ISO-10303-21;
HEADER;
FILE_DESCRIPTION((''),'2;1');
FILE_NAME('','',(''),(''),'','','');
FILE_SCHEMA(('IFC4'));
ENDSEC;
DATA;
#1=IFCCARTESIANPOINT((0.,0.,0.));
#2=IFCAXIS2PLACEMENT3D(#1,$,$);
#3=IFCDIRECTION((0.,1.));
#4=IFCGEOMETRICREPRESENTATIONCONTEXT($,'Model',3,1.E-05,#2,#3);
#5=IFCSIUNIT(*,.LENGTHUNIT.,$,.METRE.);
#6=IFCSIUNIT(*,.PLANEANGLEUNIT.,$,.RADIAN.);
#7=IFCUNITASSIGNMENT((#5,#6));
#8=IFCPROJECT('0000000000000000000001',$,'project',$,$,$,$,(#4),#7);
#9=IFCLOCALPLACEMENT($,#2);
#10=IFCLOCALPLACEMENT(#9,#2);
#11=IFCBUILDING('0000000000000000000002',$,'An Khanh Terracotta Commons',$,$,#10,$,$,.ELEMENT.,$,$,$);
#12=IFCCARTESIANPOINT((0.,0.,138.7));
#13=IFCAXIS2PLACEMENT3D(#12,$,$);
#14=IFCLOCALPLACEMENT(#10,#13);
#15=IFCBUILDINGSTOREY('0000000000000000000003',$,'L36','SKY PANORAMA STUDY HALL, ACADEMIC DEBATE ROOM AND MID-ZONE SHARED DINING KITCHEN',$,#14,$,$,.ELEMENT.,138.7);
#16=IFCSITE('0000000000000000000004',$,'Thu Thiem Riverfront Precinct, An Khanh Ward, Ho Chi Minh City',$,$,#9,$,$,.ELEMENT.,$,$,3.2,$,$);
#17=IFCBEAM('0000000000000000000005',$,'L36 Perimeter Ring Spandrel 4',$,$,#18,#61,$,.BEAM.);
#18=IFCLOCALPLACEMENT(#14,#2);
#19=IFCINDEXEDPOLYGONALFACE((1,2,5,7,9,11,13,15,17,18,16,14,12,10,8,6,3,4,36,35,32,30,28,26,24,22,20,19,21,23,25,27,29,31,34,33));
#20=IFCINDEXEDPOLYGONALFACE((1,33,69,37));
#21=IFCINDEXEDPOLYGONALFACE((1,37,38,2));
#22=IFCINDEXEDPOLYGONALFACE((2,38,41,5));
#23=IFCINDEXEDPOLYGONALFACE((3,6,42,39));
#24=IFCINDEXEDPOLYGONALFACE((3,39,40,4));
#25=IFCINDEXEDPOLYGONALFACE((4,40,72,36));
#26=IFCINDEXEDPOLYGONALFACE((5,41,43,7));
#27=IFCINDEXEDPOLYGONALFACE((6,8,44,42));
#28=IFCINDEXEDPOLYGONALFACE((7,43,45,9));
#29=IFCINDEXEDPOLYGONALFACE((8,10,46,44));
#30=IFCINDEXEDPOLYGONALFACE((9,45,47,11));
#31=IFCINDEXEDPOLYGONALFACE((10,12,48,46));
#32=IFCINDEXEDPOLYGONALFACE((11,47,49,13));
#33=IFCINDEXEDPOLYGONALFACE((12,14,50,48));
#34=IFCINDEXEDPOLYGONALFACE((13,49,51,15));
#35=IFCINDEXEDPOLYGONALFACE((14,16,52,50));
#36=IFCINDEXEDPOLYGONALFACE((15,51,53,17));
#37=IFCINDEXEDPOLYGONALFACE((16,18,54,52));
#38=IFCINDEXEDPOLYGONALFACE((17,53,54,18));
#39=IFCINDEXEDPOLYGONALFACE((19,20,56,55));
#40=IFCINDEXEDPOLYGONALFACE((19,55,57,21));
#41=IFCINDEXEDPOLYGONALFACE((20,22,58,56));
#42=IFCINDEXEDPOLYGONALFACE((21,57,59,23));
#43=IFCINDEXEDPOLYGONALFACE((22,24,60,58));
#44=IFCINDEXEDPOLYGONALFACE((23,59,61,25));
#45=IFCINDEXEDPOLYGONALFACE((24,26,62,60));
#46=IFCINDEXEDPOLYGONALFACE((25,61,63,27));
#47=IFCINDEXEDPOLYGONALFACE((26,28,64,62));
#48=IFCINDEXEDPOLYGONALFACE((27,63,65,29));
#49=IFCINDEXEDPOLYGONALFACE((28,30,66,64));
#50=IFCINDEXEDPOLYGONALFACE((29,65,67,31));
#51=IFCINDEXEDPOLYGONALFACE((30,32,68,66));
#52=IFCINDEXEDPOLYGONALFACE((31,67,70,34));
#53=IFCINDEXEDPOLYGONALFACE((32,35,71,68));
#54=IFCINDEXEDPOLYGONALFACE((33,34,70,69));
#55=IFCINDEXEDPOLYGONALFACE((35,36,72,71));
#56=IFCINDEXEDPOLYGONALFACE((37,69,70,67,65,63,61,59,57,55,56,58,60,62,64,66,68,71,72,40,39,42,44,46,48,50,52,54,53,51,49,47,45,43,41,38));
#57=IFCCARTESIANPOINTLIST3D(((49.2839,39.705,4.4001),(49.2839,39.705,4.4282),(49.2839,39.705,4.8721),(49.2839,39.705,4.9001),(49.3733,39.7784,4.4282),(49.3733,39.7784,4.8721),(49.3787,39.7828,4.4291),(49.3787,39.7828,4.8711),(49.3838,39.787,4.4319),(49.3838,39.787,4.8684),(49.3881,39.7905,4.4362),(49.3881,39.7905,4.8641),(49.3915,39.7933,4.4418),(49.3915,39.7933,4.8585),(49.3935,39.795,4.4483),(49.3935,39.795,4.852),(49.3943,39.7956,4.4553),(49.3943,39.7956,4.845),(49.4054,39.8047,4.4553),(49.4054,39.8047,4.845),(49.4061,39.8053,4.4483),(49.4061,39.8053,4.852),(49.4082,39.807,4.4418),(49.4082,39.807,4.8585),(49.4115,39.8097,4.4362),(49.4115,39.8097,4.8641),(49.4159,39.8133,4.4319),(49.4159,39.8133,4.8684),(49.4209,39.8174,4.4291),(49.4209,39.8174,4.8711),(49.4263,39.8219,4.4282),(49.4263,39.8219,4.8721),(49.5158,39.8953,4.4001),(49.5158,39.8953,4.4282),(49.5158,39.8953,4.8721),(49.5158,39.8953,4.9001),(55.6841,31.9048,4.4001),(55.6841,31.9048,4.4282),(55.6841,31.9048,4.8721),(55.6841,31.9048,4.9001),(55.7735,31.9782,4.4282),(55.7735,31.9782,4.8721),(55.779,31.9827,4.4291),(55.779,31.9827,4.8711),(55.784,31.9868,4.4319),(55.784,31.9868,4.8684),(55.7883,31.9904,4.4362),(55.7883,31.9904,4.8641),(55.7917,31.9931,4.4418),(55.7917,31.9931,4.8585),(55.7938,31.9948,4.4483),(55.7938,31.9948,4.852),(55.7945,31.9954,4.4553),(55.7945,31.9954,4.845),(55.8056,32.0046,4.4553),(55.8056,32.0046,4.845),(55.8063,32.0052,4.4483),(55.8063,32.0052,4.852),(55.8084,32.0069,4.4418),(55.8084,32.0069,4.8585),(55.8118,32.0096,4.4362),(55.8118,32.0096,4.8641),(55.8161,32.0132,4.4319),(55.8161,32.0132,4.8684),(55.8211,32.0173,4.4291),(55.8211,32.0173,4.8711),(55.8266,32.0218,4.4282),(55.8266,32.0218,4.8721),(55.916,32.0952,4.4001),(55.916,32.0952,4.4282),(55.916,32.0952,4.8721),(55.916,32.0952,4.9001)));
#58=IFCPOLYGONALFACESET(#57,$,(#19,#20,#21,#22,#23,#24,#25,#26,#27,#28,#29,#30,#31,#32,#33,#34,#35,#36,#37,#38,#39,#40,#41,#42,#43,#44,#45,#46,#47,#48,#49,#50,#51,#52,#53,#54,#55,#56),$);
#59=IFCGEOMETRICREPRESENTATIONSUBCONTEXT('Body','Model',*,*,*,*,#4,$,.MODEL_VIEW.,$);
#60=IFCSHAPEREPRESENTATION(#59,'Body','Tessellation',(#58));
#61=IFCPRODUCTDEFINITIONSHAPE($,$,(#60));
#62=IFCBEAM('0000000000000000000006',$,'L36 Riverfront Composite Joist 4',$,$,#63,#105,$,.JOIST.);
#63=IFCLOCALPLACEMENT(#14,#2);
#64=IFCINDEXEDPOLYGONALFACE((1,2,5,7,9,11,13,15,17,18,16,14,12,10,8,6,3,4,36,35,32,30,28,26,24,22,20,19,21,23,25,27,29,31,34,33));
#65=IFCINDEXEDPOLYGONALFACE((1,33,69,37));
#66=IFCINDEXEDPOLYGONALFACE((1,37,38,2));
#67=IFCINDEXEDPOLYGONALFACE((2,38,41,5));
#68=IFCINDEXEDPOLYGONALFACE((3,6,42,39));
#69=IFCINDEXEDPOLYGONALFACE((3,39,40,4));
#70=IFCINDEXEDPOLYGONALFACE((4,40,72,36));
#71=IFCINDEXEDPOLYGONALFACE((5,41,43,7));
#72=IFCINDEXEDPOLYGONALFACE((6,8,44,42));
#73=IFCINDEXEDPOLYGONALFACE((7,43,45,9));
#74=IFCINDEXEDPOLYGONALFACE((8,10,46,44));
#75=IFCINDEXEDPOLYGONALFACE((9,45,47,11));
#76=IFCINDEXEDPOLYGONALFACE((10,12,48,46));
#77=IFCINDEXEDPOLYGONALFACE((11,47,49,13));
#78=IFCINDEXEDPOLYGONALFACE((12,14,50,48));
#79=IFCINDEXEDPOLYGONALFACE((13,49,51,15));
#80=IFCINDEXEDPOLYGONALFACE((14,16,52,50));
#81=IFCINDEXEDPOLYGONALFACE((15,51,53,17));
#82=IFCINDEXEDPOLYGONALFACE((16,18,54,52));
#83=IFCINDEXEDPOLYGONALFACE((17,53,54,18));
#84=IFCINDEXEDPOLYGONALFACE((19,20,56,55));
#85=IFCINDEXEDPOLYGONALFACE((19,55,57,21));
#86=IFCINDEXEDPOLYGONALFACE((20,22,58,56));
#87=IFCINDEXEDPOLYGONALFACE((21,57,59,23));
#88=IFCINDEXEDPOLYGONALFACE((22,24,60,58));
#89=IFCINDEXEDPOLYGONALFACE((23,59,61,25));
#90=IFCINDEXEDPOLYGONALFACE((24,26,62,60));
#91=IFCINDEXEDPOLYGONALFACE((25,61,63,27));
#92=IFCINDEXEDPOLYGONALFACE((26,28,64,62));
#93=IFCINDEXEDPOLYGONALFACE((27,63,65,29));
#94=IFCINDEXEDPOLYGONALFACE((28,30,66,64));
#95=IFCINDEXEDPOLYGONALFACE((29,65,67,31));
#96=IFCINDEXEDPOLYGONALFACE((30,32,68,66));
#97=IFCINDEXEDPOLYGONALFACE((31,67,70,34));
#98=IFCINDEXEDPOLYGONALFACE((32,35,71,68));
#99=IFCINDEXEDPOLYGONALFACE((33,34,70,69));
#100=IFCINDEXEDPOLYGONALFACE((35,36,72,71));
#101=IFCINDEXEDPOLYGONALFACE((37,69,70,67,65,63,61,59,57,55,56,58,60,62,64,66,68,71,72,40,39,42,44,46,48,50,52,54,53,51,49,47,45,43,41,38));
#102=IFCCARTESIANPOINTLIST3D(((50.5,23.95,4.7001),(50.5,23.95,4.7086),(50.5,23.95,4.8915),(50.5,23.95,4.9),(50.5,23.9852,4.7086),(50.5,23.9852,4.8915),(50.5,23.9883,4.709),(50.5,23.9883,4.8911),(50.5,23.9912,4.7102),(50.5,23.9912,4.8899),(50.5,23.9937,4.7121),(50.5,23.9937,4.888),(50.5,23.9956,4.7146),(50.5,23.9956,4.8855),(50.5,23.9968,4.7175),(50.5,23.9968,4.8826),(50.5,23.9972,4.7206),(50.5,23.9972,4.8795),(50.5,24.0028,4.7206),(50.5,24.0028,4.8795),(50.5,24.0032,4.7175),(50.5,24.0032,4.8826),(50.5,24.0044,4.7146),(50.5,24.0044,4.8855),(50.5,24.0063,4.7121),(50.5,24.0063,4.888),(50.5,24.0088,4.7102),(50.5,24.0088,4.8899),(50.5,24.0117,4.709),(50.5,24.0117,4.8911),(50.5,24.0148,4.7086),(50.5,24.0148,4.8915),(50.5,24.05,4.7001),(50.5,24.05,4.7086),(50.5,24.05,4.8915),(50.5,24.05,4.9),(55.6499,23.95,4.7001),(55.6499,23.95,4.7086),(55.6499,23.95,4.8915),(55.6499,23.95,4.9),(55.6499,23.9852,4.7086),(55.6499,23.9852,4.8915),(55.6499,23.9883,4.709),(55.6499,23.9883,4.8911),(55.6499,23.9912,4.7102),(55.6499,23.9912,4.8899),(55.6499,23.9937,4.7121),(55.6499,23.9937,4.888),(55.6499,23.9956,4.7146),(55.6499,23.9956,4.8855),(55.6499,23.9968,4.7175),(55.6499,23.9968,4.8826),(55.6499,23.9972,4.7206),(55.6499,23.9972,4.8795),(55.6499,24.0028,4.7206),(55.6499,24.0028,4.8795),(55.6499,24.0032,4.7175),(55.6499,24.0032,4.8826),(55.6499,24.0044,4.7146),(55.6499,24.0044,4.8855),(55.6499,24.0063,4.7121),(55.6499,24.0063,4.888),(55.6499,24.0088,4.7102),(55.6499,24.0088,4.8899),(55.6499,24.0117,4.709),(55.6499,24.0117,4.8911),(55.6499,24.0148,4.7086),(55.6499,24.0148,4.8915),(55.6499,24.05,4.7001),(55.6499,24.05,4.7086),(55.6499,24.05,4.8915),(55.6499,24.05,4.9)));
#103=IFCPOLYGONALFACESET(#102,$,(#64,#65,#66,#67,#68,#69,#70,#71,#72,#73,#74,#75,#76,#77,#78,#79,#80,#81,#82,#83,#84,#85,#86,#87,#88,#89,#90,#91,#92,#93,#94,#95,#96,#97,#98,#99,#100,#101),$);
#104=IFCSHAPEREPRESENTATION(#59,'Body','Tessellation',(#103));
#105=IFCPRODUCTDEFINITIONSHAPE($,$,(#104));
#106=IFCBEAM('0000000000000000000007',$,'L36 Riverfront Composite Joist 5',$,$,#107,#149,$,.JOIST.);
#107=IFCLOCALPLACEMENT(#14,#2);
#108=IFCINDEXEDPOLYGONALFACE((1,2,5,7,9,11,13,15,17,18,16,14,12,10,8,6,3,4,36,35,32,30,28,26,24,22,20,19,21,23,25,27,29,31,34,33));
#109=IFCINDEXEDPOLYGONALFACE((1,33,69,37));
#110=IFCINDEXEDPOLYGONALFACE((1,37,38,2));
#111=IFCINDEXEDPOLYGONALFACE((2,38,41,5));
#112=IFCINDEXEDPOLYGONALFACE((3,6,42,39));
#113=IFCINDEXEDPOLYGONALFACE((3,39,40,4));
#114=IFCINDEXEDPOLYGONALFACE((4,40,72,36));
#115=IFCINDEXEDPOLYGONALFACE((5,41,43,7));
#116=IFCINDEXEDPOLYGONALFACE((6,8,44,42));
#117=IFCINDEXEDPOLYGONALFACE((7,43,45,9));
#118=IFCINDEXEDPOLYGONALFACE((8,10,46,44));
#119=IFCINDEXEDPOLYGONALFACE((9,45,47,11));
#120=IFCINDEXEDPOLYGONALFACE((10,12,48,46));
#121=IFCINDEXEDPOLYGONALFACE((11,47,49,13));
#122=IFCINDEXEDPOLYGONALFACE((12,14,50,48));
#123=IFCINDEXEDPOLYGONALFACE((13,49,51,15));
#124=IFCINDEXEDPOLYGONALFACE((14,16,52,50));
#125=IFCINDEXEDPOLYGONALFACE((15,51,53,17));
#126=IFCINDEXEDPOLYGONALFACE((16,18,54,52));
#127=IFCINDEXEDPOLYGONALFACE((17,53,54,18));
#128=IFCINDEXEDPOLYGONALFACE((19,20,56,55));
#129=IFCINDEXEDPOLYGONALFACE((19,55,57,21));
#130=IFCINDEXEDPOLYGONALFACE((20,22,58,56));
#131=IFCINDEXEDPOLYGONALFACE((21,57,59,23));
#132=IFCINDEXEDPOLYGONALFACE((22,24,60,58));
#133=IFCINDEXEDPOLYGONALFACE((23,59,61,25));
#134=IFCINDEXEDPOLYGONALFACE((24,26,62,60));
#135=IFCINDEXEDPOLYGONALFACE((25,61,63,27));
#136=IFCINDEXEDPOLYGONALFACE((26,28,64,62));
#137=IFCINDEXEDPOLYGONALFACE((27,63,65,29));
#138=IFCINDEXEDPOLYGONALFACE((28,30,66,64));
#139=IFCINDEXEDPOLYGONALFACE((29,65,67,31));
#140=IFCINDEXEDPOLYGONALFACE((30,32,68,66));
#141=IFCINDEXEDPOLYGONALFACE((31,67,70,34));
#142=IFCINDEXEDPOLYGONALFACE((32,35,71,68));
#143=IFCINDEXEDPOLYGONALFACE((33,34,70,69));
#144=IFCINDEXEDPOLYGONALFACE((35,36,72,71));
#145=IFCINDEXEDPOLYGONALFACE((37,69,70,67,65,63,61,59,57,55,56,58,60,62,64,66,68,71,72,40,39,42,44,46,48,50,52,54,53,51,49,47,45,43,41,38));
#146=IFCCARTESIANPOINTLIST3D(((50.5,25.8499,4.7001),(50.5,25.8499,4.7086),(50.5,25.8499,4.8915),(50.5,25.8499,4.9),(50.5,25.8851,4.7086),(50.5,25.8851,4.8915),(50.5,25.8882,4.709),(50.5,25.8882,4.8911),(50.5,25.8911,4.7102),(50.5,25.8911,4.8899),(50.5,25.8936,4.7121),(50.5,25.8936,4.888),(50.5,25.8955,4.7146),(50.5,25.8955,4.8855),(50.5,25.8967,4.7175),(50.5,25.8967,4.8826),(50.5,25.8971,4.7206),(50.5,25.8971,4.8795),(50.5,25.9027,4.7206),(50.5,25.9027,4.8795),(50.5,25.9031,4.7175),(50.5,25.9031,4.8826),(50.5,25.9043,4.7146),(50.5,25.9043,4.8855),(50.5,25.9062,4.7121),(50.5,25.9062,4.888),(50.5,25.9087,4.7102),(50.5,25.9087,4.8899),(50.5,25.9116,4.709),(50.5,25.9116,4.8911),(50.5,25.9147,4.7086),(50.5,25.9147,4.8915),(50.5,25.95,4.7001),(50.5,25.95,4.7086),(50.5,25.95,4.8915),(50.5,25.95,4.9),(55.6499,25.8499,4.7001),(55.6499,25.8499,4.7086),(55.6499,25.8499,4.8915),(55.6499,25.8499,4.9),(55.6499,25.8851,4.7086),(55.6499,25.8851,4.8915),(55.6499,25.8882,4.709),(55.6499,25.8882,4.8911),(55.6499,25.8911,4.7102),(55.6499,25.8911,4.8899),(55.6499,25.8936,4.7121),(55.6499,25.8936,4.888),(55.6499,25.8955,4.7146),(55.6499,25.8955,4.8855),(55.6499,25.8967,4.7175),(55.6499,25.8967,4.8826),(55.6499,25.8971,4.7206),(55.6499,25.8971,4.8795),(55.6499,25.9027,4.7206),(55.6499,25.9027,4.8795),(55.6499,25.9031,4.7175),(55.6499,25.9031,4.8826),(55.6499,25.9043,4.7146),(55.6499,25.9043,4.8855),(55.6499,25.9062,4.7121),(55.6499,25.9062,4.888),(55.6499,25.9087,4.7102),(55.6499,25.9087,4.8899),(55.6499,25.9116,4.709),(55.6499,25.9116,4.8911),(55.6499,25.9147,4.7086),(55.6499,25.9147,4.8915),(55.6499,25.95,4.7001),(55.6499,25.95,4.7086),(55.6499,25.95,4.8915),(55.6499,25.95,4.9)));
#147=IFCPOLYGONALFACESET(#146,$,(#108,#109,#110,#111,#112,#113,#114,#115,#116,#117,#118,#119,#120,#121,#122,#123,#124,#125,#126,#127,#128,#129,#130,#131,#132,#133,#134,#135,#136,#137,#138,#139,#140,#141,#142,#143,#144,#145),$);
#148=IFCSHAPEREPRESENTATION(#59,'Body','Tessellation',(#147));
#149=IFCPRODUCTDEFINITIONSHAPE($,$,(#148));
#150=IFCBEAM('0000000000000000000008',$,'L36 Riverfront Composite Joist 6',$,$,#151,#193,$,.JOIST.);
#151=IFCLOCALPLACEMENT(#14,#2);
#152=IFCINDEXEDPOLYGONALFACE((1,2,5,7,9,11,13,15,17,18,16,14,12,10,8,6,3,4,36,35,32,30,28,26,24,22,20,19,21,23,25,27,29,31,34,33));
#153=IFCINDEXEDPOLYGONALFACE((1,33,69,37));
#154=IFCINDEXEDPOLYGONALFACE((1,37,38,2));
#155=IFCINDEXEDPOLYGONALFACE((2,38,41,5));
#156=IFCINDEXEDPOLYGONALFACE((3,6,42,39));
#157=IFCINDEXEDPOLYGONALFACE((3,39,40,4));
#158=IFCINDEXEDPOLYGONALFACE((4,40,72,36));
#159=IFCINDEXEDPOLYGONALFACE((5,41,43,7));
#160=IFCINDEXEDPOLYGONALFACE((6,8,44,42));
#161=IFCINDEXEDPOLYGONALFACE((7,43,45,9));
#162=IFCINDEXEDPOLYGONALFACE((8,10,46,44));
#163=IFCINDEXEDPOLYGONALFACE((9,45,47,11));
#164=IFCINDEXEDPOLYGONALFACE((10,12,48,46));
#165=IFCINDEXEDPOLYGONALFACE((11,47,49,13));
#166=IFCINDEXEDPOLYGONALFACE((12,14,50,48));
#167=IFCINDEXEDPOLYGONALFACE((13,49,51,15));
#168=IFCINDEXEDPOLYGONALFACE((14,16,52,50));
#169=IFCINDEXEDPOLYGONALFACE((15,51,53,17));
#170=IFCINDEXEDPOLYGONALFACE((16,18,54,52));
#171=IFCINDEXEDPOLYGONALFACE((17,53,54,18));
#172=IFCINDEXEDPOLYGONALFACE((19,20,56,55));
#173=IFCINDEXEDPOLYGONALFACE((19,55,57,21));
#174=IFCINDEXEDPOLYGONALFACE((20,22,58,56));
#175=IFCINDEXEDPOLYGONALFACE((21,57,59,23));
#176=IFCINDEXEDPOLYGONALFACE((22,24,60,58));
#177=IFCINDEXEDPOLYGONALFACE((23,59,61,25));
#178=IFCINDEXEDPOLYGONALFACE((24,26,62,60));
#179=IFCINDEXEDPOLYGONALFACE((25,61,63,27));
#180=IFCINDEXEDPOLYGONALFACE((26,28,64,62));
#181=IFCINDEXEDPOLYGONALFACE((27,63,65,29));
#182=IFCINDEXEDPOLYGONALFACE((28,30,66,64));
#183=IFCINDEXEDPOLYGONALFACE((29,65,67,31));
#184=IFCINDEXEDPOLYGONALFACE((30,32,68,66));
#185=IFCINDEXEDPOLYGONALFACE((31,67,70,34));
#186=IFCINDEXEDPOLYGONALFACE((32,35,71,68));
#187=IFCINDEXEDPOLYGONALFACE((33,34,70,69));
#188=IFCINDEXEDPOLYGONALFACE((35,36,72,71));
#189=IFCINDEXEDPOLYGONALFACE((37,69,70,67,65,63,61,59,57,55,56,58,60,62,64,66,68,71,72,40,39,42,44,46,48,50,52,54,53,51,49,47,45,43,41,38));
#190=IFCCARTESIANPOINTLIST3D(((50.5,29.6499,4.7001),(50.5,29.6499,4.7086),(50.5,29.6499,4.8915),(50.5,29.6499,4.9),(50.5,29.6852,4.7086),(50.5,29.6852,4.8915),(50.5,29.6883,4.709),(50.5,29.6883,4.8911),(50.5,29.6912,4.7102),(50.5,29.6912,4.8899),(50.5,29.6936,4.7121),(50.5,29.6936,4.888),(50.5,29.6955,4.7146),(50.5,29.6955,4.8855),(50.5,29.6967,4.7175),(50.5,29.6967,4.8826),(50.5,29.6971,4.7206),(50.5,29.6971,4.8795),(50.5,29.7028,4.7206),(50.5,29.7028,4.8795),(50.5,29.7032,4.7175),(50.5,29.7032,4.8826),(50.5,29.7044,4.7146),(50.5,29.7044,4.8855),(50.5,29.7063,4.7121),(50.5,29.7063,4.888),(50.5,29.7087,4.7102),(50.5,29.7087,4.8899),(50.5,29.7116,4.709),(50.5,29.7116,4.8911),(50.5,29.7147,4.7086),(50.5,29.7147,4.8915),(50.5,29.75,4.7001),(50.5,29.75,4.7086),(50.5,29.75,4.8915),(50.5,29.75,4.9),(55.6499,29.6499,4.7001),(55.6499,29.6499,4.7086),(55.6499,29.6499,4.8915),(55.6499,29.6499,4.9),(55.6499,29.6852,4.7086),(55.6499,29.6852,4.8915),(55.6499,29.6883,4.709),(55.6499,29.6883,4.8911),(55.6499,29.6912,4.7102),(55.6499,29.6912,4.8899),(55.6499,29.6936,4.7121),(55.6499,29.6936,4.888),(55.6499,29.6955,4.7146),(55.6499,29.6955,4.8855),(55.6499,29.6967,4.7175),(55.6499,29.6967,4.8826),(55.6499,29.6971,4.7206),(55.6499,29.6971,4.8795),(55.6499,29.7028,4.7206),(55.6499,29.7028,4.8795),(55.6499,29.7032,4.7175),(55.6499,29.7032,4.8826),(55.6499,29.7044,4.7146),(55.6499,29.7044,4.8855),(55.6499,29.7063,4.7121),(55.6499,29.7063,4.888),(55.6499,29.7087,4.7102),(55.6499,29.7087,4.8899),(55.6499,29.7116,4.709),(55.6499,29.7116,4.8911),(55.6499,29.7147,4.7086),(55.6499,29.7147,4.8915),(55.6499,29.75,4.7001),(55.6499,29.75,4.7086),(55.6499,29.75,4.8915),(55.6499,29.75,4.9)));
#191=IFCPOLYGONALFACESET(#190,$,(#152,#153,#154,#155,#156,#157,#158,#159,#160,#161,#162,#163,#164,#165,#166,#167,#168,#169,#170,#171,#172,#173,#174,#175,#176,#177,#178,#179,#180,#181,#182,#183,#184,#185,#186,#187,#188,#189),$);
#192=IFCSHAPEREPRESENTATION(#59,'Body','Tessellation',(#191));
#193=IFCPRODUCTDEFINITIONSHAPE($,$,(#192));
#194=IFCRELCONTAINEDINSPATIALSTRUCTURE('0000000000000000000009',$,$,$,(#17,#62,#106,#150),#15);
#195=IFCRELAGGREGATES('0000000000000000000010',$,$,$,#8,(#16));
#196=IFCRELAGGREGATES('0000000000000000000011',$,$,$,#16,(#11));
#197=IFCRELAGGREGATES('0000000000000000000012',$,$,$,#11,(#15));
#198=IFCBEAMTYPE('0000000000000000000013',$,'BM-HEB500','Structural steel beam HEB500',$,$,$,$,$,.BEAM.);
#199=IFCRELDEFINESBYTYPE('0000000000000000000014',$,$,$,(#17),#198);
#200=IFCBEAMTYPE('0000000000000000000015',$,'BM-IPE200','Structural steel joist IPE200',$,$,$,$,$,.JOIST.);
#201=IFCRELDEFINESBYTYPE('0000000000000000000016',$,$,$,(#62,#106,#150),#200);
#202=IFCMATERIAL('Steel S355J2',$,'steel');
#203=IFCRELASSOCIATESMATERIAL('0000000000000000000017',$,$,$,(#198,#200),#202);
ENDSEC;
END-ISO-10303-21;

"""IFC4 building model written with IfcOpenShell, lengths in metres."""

from ifc_helpers import new_model, si_unit, direction, frame, origin, origin_2d, place, context, subcontext, project, spatial, i_section, extrude, material, material_profile, profile_set, type_object, element, save


model = new_model("IFC4")

# Units and contexts
model_context = context("Model", 3, precision=1e-05, world=origin(), true_north=direction((0.0, 1.0)))
body_context = subcontext(model_context, "Body", "Model", "MODEL_VIEW")
ifc_project = project(units=[si_unit("LENGTHUNIT", "METRE"), si_unit("PLANEANGLEUNIT", "RADIAN")], contexts=[model_context])

# Site, building, storey
site_placement = place(None, origin())
site = spatial("IfcSite", under=ifc_project, at=site_placement, Name="Thu Thiem Riverfront Precinct, An Khanh Ward, Ho Chi Minh City", CompositionType="ELEMENT", RefElevation=3.2)
building_placement = place(site_placement, origin())
building = spatial("IfcBuilding", under=site, at=building_placement, Name="An Khanh Terracotta Commons", CompositionType="ELEMENT")
storey_placement = place(building_placement, frame((0.0, 0.0, 138.7)))
storey = spatial("IfcBuildingStorey", under=building, at=storey_placement, Name="L36", Description="SKY PANORAMA STUDY HALL, ACADEMIC DEBATE ROOM AND MID-ZONE SHARED DINING KITCHEN", CompositionType="ELEMENT", Elevation=138.7)

# Beams
ifc_material_1 = material(Name="Steel S355J2", Category="steel")
ifc_material_profile_1 = material_profile(ifc_material_1, i_section(OverallWidth=0.3, OverallDepth=0.5, WebThickness=0.0144, FlangeThickness=0.0281, FilletRadius=0.0271, at=origin_2d()), Name="HEB500")
ifc_profile_set_1 = profile_set([ifc_material_profile_1], Name="Steel S355J2")
beam_type_1 = type_object("IfcBeamType", Name="BM-HEB500", Description="Structural steel beam HEB500", PredefinedType="BEAM", material=ifc_profile_set_1)
beam_1_placement = place(storey_placement, frame((55.8, 32.0, 4.6501), z_axis=(-0.634323, 0.773068, 0.0), x_axis=(-0.773068, -0.634323, 0.0)))
element("IfcBeam", 1, at=beam_1_placement, inside=storey, type_object=beam_type_1, Name="L36 Perimeter Ring Spandrel 4", PredefinedType="BEAM", context=body_context, shape_type="SweptSolid", body=[
    extrude(i_section(OverallWidth=0.3, OverallDepth=0.5, WebThickness=0.0144, FlangeThickness=0.0281, FilletRadius=0.0271, at=origin_2d()), origin(), (0.0, 0.0, 1.0), 10.0898),
])
ifc_material_profile_2 = material_profile(ifc_material_1, i_section(OverallWidth=0.1001, OverallDepth=0.2, WebThickness=0.0056, FlangeThickness=0.0085, FilletRadius=0.012, at=origin_2d()), Name="IPE200")
ifc_profile_set_2 = profile_set([ifc_material_profile_2], Name="Steel S355J2")
beam_type_2 = type_object("IfcBeamType", Name="BM-IPE200", Description="Structural steel joist IPE200", PredefinedType="JOIST", material=ifc_profile_set_2)
for number, where, z_axis, x_axis, name in (
    (2, (50.5, 24.0, 4.8), (1.0, 0.0, 0.0), (0.0, 1.0, 0.0), "L36 Riverfront Composite Joist 4"),
    (3, (50.5, 25.8999, 4.8), (1.0, 0.0, 0.0), (0.0, 1.0, 0.0), "L36 Riverfront Composite Joist 5"),
    (4, (50.5, 29.7, 4.8), (1.0, 0.0, 0.0), (0.0, 1.0, 0.0), "L36 Riverfront Composite Joist 6"),
):
    element("IfcBeam", number, at=place(storey_placement, frame(where, z_axis=z_axis, x_axis=x_axis)), inside=storey, type_object=beam_type_2, Name=name, PredefinedType="JOIST", context=body_context, shape_type="SweptSolid", body=[
        extrude(i_section(OverallWidth=0.1001, OverallDepth=0.2, WebThickness=0.0056, FlangeThickness=0.0085, FilletRadius=0.012, at=origin_2d()), origin(), (0.0, 0.0, 1.0), 5.1499),
    ])

save(model, "model.ifc")
